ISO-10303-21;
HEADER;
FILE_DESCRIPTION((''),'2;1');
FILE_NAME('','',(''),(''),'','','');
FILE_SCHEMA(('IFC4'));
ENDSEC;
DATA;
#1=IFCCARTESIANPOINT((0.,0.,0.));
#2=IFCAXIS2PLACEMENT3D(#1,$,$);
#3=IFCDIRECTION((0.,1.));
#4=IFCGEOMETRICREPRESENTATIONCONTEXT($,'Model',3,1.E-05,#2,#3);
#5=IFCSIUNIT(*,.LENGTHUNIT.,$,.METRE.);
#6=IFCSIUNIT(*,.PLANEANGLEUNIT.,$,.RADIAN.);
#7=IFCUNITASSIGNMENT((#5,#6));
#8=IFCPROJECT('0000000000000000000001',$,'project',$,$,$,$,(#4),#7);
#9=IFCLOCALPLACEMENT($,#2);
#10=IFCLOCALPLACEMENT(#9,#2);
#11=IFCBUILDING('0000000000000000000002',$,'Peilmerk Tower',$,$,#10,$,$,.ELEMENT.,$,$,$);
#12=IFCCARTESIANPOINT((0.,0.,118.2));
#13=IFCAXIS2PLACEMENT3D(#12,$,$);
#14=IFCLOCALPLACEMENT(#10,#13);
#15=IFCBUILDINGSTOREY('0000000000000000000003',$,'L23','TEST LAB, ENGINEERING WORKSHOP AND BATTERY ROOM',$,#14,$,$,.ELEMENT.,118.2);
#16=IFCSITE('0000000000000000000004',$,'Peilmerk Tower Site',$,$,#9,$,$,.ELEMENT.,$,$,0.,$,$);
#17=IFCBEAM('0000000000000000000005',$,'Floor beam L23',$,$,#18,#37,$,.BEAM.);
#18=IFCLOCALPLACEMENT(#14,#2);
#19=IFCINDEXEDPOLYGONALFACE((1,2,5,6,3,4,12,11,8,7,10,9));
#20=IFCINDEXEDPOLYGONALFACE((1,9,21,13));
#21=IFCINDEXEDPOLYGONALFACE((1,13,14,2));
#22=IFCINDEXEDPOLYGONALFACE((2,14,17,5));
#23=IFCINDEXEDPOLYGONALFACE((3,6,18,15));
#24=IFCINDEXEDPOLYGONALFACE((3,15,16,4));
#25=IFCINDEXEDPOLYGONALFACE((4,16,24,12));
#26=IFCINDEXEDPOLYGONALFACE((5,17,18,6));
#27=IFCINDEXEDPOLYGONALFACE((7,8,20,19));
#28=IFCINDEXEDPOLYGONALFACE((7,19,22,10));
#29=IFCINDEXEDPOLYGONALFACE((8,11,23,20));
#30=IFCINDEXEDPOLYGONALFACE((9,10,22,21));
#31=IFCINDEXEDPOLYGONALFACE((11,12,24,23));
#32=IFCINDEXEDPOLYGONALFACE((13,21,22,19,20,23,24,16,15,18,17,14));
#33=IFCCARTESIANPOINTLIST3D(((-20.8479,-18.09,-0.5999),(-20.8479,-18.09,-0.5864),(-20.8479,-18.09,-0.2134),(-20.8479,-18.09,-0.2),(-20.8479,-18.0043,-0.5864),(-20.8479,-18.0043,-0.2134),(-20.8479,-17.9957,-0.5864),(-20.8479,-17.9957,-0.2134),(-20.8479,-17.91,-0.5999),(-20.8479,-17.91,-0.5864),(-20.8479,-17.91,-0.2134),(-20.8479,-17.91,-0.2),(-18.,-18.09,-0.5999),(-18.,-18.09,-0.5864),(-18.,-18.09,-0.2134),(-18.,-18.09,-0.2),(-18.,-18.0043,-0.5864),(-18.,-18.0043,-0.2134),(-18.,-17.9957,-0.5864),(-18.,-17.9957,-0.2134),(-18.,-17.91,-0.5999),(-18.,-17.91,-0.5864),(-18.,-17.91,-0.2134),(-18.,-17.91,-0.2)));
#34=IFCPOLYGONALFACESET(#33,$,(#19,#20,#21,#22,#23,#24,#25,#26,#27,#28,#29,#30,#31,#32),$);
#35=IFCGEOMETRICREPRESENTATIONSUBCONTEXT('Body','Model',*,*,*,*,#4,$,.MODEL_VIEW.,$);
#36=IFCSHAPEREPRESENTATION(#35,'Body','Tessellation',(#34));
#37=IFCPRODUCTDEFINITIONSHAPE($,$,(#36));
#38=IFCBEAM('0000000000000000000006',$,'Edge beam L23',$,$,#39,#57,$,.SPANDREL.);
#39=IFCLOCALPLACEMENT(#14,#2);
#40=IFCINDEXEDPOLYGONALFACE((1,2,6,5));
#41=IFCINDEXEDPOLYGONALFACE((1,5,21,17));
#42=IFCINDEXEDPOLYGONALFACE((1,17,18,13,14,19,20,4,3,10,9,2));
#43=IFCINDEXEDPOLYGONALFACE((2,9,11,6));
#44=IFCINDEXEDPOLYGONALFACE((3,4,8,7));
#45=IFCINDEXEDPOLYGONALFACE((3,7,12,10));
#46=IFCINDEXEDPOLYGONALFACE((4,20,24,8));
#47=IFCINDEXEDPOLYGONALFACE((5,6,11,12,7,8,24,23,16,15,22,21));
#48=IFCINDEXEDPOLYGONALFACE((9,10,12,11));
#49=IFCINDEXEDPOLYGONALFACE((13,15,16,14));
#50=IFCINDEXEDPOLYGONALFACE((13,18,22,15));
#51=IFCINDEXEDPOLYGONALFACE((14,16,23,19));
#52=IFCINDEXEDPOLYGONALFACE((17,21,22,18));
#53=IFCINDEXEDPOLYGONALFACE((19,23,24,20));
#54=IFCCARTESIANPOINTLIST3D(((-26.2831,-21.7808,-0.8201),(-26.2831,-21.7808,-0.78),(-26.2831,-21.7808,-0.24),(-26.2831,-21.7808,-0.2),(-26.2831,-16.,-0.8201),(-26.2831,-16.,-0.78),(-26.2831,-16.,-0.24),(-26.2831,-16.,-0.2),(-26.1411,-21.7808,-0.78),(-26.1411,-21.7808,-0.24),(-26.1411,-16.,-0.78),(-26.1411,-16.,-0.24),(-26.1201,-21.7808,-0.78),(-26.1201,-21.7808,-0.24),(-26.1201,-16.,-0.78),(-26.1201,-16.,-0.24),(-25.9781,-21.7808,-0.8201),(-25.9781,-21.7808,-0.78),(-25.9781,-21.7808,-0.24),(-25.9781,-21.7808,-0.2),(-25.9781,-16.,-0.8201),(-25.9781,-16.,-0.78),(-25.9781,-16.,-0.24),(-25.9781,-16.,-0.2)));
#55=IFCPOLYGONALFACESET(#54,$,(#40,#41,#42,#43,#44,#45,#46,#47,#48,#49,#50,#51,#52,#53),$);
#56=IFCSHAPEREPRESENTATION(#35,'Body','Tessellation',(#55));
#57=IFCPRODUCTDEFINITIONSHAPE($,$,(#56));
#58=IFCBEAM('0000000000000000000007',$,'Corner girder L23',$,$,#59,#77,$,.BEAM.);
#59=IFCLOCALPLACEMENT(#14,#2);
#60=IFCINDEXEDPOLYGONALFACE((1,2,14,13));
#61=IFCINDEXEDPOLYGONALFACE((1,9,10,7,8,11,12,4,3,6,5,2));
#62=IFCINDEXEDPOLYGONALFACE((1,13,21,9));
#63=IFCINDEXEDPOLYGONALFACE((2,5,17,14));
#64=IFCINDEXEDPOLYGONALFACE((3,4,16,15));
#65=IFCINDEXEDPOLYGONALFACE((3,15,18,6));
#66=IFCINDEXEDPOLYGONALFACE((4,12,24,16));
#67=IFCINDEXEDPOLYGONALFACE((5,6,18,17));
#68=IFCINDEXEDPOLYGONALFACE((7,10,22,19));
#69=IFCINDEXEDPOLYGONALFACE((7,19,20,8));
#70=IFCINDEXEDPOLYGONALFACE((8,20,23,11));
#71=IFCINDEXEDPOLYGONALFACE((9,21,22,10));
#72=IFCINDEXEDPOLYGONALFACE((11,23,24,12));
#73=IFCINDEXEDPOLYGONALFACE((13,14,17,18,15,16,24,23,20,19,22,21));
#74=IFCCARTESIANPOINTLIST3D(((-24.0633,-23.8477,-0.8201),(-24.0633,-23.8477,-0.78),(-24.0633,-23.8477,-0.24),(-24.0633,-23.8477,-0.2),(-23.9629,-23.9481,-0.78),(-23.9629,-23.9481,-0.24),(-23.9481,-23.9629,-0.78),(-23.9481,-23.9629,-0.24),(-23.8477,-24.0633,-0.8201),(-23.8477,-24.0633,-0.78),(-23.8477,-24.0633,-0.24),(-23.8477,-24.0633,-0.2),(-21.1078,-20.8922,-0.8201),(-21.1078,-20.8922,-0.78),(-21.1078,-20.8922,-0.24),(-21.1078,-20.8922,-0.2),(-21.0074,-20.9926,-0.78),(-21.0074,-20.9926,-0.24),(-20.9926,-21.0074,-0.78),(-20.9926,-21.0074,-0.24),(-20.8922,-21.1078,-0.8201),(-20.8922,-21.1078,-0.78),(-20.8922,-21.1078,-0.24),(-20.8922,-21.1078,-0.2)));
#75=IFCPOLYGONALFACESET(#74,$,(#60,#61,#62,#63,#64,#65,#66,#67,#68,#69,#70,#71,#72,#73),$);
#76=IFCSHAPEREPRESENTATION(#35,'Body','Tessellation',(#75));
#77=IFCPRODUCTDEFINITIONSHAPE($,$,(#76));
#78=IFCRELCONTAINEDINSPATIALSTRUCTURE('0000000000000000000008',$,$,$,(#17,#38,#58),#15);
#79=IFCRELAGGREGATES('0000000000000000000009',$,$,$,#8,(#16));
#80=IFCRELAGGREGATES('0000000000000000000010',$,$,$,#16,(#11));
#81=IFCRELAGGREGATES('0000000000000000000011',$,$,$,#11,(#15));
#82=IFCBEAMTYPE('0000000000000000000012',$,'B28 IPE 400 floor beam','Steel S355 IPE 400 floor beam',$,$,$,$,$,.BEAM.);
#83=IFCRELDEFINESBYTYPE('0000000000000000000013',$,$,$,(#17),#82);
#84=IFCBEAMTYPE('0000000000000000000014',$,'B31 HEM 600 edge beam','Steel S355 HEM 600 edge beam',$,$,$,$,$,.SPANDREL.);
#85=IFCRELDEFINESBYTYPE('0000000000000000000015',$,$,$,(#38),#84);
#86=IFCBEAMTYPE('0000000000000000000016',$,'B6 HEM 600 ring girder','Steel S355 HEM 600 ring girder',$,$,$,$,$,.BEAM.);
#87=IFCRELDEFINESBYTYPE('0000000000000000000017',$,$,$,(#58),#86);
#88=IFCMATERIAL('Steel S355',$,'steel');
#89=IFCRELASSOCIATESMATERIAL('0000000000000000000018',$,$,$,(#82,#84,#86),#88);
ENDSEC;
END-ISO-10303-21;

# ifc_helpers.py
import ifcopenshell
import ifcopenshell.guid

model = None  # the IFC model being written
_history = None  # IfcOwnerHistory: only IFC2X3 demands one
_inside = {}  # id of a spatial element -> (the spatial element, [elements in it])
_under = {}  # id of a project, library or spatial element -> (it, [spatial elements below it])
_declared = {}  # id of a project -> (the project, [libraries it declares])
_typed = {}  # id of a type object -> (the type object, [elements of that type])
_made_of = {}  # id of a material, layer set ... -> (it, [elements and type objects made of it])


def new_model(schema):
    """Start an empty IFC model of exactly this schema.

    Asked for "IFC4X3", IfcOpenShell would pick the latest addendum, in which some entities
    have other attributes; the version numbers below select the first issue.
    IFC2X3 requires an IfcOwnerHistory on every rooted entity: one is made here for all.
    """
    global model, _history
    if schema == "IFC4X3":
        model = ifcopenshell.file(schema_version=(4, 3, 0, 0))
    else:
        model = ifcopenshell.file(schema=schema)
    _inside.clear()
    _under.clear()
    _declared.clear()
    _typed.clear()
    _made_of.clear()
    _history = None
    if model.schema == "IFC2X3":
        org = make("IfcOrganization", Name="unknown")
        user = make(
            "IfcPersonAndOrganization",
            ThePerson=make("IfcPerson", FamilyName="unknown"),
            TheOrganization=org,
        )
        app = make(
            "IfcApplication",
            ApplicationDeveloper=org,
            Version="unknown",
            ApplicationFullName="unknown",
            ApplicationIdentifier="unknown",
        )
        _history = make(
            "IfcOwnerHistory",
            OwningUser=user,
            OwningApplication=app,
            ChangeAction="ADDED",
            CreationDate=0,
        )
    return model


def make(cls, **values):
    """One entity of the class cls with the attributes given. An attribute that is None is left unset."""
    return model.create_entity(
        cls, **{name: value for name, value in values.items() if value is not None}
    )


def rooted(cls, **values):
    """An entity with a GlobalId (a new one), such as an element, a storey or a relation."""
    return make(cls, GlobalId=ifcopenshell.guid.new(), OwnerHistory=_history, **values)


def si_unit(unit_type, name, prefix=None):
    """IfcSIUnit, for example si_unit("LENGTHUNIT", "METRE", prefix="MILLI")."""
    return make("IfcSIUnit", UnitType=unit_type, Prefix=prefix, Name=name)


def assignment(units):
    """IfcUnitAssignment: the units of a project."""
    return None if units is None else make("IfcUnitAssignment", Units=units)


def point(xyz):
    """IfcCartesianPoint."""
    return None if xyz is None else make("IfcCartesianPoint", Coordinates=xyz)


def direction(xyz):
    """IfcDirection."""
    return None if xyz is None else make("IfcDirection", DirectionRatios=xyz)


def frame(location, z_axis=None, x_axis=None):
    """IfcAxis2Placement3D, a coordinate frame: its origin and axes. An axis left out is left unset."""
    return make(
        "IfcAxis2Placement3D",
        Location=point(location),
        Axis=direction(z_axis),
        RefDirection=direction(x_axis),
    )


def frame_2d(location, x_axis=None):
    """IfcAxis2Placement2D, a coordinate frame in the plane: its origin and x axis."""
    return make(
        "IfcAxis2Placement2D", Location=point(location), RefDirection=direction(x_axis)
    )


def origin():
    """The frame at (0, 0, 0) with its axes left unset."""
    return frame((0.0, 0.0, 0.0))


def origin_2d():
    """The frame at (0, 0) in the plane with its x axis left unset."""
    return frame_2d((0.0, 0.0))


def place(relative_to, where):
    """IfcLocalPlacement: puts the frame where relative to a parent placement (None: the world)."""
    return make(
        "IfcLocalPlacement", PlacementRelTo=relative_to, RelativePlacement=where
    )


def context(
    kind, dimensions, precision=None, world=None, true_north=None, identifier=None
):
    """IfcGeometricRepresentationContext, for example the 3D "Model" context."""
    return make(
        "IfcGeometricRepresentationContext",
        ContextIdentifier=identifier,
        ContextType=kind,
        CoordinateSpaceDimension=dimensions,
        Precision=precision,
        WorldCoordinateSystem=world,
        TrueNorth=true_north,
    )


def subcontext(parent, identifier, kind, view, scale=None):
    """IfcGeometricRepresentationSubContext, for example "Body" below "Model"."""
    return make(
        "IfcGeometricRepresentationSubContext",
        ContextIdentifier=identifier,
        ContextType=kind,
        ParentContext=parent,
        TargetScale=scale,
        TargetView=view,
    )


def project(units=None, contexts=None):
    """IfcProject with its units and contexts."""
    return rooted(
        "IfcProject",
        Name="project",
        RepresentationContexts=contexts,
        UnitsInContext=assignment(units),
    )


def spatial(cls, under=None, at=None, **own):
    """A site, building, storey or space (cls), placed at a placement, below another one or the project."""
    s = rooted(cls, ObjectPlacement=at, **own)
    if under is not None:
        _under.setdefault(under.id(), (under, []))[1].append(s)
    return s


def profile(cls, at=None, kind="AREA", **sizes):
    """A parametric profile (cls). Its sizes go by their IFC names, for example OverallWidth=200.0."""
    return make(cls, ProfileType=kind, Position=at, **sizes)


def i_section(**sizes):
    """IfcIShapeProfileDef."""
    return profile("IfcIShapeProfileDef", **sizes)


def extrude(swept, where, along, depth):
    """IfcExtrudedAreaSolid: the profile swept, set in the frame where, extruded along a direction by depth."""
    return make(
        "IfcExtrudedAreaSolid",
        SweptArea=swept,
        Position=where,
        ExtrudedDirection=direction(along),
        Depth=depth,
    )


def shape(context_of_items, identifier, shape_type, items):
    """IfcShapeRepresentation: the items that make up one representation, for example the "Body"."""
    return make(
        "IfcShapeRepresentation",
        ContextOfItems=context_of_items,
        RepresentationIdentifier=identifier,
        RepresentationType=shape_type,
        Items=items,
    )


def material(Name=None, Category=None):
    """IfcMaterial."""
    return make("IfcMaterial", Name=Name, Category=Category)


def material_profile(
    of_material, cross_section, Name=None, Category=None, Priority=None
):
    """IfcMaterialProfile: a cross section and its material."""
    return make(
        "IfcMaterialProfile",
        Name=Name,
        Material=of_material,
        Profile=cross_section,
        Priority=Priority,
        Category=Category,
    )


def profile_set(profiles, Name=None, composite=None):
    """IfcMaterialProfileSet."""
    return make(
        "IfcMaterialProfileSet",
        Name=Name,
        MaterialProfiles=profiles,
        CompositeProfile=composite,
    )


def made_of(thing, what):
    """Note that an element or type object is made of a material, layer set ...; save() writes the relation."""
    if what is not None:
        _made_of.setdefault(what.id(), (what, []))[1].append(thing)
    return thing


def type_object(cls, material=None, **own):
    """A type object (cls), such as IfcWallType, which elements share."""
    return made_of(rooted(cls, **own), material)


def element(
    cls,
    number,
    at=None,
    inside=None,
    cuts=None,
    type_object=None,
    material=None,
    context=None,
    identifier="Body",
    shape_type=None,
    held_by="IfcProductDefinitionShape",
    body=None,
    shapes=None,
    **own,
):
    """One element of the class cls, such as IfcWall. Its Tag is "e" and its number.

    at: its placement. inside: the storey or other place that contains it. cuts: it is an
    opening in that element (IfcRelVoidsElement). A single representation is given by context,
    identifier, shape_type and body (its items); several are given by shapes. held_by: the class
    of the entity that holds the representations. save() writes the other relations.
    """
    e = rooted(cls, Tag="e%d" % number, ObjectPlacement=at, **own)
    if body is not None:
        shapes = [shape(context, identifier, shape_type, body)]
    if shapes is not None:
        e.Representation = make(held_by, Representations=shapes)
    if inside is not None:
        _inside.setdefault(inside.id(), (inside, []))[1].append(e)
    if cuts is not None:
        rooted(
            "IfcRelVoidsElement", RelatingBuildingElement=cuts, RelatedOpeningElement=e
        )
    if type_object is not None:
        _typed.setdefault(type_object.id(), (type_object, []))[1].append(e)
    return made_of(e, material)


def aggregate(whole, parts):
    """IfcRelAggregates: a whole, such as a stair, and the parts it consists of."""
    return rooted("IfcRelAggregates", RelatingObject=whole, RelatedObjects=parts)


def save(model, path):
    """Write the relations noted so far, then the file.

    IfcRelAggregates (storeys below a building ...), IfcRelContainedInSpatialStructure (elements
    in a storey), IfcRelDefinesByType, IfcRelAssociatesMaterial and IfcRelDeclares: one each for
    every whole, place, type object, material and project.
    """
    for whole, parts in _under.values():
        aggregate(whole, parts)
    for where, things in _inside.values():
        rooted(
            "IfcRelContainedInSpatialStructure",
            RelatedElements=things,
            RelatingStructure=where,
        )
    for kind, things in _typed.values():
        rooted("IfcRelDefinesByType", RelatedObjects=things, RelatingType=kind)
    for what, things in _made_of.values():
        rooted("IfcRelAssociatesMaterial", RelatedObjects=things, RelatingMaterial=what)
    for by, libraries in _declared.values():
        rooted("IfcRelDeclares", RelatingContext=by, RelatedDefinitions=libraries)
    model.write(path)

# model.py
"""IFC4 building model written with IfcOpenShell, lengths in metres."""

from ifc_helpers import new_model, si_unit, direction, frame, origin, origin_2d, place, context, subcontext, project, spatial, i_section, extrude, material, material_profile, profile_set, type_object, element, save


model = new_model("IFC4")

# Units and contexts
model_context = context("Model", 3, precision=1e-05, world=origin(), true_north=direction((0.0, 1.0)))
body_context = subcontext(model_context, "Body", "Model", "MODEL_VIEW")
ifc_project = project(units=[si_unit("LENGTHUNIT", "METRE"), si_unit("PLANEANGLEUNIT", "RADIAN")], contexts=[model_context])

# Site, building, storey
site_placement = place(None, origin())
site = spatial("IfcSite", under=ifc_project, at=site_placement, Name="Peilmerk Tower Site", CompositionType="ELEMENT", RefElevation=0.0)
building_placement = place(site_placement, origin())
building = spatial("IfcBuilding", under=site, at=building_placement, Name="Peilmerk Tower", CompositionType="ELEMENT")
storey_placement = place(building_placement, frame((0.0, 0.0, 118.2)))
storey = spatial("IfcBuildingStorey", under=building, at=storey_placement, Name="L23", Description="TEST LAB, ENGINEERING WORKSHOP AND BATTERY ROOM", CompositionType="ELEMENT", Elevation=118.2)

# Beams
ifc_material_1 = material(Name="Steel S355", Category="steel")
ifc_material_profile_1 = material_profile(ifc_material_1, i_section(OverallWidth=0.1799, OverallDepth=0.3999, WebThickness=0.0085, FlangeThickness=0.0134, at=origin_2d()), Name="IPE 400")
ifc_profile_set_1 = profile_set([ifc_material_profile_1], Name="Steel S355")
beam_type_1 = type_object("IfcBeamType", Name="B28 IPE 400 floor beam", Description="Steel S355 IPE 400 floor beam", PredefinedType="BEAM", material=ifc_profile_set_1)
for number, where, z_axis, x_axis, name in (
    (1, (-18.0, -18.0, -0.3999), (-1.0, 0.0, 0.0), (0.0, -1.0, 0.0), "Floor beam L23"),
):
    element("IfcBeam", number, at=place(storey_placement, frame(where, z_axis=z_axis, x_axis=x_axis)), inside=storey, type_object=beam_type_1, Name=name, PredefinedType="BEAM", context=body_context, shape_type="SweptSolid", body=[
        extrude(i_section(OverallWidth=0.1799, OverallDepth=0.3999, WebThickness=0.0085, FlangeThickness=0.0134, at=origin_2d()), origin(), (0.0, 0.0, 1.0), 2.8479),
    ])
ifc_material_profile_2 = material_profile(ifc_material_1, i_section(OverallWidth=0.3049, OverallDepth=0.6201, WebThickness=0.021, FlangeThickness=0.04, at=origin_2d()), Name="HEM 600")
ifc_profile_set_2 = profile_set([ifc_material_profile_2], Name="Steel S355")
beam_type_2 = type_object("IfcBeamType", Name="B31 HEM 600 edge beam", Description="Steel S355 HEM 600 edge beam", PredefinedType="SPANDREL", material=ifc_profile_set_2)
beam_1_placement = place(storey_placement, frame((-26.1306, -16.0, -0.51), z_axis=(0.0, -1.0, 0.0), x_axis=(1.0, 0.0, 0.0)))
element("IfcBeam", 2, at=beam_1_placement, inside=storey, type_object=beam_type_2, Name="Edge beam L23", PredefinedType="SPANDREL", context=body_context, shape_type="SweptSolid", body=[
    extrude(i_section(OverallWidth=0.3049, OverallDepth=0.6201, WebThickness=0.021, FlangeThickness=0.04, at=origin_2d()), origin(), (0.0, 0.0, 1.0), 5.7808),
])
ifc_material_profile_3 = material_profile(ifc_material_1, i_section(OverallWidth=0.3049, OverallDepth=0.6201, WebThickness=0.021, FlangeThickness=0.04, at=origin_2d()), Name="HEM 600")
ifc_profile_set_3 = profile_set([ifc_material_profile_3], Name="Steel S355")
beam_type_3 = type_object("IfcBeamType", Name="B6 HEM 600 ring girder", Description="Steel S355 HEM 600 ring girder", PredefinedType="BEAM", material=ifc_profile_set_3)
beam_2_placement = place(storey_placement, frame((-21.0, -21.0, -0.51), z_axis=(-0.707107, -0.707107, 0.0), x_axis=(0.707107, -0.707107, 0.0)))
element("IfcBeam", 3, at=beam_2_placement, inside=storey, type_object=beam_type_3, Name="Corner girder L23", PredefinedType="BEAM", context=body_context, shape_type="SweptSolid", body=[
    extrude(i_section(OverallWidth=0.3049, OverallDepth=0.6201, WebThickness=0.021, FlangeThickness=0.04, at=origin_2d()), origin(), (0.0, 0.0, 1.0), 4.1797),
])

save(model, "model.ifc")
